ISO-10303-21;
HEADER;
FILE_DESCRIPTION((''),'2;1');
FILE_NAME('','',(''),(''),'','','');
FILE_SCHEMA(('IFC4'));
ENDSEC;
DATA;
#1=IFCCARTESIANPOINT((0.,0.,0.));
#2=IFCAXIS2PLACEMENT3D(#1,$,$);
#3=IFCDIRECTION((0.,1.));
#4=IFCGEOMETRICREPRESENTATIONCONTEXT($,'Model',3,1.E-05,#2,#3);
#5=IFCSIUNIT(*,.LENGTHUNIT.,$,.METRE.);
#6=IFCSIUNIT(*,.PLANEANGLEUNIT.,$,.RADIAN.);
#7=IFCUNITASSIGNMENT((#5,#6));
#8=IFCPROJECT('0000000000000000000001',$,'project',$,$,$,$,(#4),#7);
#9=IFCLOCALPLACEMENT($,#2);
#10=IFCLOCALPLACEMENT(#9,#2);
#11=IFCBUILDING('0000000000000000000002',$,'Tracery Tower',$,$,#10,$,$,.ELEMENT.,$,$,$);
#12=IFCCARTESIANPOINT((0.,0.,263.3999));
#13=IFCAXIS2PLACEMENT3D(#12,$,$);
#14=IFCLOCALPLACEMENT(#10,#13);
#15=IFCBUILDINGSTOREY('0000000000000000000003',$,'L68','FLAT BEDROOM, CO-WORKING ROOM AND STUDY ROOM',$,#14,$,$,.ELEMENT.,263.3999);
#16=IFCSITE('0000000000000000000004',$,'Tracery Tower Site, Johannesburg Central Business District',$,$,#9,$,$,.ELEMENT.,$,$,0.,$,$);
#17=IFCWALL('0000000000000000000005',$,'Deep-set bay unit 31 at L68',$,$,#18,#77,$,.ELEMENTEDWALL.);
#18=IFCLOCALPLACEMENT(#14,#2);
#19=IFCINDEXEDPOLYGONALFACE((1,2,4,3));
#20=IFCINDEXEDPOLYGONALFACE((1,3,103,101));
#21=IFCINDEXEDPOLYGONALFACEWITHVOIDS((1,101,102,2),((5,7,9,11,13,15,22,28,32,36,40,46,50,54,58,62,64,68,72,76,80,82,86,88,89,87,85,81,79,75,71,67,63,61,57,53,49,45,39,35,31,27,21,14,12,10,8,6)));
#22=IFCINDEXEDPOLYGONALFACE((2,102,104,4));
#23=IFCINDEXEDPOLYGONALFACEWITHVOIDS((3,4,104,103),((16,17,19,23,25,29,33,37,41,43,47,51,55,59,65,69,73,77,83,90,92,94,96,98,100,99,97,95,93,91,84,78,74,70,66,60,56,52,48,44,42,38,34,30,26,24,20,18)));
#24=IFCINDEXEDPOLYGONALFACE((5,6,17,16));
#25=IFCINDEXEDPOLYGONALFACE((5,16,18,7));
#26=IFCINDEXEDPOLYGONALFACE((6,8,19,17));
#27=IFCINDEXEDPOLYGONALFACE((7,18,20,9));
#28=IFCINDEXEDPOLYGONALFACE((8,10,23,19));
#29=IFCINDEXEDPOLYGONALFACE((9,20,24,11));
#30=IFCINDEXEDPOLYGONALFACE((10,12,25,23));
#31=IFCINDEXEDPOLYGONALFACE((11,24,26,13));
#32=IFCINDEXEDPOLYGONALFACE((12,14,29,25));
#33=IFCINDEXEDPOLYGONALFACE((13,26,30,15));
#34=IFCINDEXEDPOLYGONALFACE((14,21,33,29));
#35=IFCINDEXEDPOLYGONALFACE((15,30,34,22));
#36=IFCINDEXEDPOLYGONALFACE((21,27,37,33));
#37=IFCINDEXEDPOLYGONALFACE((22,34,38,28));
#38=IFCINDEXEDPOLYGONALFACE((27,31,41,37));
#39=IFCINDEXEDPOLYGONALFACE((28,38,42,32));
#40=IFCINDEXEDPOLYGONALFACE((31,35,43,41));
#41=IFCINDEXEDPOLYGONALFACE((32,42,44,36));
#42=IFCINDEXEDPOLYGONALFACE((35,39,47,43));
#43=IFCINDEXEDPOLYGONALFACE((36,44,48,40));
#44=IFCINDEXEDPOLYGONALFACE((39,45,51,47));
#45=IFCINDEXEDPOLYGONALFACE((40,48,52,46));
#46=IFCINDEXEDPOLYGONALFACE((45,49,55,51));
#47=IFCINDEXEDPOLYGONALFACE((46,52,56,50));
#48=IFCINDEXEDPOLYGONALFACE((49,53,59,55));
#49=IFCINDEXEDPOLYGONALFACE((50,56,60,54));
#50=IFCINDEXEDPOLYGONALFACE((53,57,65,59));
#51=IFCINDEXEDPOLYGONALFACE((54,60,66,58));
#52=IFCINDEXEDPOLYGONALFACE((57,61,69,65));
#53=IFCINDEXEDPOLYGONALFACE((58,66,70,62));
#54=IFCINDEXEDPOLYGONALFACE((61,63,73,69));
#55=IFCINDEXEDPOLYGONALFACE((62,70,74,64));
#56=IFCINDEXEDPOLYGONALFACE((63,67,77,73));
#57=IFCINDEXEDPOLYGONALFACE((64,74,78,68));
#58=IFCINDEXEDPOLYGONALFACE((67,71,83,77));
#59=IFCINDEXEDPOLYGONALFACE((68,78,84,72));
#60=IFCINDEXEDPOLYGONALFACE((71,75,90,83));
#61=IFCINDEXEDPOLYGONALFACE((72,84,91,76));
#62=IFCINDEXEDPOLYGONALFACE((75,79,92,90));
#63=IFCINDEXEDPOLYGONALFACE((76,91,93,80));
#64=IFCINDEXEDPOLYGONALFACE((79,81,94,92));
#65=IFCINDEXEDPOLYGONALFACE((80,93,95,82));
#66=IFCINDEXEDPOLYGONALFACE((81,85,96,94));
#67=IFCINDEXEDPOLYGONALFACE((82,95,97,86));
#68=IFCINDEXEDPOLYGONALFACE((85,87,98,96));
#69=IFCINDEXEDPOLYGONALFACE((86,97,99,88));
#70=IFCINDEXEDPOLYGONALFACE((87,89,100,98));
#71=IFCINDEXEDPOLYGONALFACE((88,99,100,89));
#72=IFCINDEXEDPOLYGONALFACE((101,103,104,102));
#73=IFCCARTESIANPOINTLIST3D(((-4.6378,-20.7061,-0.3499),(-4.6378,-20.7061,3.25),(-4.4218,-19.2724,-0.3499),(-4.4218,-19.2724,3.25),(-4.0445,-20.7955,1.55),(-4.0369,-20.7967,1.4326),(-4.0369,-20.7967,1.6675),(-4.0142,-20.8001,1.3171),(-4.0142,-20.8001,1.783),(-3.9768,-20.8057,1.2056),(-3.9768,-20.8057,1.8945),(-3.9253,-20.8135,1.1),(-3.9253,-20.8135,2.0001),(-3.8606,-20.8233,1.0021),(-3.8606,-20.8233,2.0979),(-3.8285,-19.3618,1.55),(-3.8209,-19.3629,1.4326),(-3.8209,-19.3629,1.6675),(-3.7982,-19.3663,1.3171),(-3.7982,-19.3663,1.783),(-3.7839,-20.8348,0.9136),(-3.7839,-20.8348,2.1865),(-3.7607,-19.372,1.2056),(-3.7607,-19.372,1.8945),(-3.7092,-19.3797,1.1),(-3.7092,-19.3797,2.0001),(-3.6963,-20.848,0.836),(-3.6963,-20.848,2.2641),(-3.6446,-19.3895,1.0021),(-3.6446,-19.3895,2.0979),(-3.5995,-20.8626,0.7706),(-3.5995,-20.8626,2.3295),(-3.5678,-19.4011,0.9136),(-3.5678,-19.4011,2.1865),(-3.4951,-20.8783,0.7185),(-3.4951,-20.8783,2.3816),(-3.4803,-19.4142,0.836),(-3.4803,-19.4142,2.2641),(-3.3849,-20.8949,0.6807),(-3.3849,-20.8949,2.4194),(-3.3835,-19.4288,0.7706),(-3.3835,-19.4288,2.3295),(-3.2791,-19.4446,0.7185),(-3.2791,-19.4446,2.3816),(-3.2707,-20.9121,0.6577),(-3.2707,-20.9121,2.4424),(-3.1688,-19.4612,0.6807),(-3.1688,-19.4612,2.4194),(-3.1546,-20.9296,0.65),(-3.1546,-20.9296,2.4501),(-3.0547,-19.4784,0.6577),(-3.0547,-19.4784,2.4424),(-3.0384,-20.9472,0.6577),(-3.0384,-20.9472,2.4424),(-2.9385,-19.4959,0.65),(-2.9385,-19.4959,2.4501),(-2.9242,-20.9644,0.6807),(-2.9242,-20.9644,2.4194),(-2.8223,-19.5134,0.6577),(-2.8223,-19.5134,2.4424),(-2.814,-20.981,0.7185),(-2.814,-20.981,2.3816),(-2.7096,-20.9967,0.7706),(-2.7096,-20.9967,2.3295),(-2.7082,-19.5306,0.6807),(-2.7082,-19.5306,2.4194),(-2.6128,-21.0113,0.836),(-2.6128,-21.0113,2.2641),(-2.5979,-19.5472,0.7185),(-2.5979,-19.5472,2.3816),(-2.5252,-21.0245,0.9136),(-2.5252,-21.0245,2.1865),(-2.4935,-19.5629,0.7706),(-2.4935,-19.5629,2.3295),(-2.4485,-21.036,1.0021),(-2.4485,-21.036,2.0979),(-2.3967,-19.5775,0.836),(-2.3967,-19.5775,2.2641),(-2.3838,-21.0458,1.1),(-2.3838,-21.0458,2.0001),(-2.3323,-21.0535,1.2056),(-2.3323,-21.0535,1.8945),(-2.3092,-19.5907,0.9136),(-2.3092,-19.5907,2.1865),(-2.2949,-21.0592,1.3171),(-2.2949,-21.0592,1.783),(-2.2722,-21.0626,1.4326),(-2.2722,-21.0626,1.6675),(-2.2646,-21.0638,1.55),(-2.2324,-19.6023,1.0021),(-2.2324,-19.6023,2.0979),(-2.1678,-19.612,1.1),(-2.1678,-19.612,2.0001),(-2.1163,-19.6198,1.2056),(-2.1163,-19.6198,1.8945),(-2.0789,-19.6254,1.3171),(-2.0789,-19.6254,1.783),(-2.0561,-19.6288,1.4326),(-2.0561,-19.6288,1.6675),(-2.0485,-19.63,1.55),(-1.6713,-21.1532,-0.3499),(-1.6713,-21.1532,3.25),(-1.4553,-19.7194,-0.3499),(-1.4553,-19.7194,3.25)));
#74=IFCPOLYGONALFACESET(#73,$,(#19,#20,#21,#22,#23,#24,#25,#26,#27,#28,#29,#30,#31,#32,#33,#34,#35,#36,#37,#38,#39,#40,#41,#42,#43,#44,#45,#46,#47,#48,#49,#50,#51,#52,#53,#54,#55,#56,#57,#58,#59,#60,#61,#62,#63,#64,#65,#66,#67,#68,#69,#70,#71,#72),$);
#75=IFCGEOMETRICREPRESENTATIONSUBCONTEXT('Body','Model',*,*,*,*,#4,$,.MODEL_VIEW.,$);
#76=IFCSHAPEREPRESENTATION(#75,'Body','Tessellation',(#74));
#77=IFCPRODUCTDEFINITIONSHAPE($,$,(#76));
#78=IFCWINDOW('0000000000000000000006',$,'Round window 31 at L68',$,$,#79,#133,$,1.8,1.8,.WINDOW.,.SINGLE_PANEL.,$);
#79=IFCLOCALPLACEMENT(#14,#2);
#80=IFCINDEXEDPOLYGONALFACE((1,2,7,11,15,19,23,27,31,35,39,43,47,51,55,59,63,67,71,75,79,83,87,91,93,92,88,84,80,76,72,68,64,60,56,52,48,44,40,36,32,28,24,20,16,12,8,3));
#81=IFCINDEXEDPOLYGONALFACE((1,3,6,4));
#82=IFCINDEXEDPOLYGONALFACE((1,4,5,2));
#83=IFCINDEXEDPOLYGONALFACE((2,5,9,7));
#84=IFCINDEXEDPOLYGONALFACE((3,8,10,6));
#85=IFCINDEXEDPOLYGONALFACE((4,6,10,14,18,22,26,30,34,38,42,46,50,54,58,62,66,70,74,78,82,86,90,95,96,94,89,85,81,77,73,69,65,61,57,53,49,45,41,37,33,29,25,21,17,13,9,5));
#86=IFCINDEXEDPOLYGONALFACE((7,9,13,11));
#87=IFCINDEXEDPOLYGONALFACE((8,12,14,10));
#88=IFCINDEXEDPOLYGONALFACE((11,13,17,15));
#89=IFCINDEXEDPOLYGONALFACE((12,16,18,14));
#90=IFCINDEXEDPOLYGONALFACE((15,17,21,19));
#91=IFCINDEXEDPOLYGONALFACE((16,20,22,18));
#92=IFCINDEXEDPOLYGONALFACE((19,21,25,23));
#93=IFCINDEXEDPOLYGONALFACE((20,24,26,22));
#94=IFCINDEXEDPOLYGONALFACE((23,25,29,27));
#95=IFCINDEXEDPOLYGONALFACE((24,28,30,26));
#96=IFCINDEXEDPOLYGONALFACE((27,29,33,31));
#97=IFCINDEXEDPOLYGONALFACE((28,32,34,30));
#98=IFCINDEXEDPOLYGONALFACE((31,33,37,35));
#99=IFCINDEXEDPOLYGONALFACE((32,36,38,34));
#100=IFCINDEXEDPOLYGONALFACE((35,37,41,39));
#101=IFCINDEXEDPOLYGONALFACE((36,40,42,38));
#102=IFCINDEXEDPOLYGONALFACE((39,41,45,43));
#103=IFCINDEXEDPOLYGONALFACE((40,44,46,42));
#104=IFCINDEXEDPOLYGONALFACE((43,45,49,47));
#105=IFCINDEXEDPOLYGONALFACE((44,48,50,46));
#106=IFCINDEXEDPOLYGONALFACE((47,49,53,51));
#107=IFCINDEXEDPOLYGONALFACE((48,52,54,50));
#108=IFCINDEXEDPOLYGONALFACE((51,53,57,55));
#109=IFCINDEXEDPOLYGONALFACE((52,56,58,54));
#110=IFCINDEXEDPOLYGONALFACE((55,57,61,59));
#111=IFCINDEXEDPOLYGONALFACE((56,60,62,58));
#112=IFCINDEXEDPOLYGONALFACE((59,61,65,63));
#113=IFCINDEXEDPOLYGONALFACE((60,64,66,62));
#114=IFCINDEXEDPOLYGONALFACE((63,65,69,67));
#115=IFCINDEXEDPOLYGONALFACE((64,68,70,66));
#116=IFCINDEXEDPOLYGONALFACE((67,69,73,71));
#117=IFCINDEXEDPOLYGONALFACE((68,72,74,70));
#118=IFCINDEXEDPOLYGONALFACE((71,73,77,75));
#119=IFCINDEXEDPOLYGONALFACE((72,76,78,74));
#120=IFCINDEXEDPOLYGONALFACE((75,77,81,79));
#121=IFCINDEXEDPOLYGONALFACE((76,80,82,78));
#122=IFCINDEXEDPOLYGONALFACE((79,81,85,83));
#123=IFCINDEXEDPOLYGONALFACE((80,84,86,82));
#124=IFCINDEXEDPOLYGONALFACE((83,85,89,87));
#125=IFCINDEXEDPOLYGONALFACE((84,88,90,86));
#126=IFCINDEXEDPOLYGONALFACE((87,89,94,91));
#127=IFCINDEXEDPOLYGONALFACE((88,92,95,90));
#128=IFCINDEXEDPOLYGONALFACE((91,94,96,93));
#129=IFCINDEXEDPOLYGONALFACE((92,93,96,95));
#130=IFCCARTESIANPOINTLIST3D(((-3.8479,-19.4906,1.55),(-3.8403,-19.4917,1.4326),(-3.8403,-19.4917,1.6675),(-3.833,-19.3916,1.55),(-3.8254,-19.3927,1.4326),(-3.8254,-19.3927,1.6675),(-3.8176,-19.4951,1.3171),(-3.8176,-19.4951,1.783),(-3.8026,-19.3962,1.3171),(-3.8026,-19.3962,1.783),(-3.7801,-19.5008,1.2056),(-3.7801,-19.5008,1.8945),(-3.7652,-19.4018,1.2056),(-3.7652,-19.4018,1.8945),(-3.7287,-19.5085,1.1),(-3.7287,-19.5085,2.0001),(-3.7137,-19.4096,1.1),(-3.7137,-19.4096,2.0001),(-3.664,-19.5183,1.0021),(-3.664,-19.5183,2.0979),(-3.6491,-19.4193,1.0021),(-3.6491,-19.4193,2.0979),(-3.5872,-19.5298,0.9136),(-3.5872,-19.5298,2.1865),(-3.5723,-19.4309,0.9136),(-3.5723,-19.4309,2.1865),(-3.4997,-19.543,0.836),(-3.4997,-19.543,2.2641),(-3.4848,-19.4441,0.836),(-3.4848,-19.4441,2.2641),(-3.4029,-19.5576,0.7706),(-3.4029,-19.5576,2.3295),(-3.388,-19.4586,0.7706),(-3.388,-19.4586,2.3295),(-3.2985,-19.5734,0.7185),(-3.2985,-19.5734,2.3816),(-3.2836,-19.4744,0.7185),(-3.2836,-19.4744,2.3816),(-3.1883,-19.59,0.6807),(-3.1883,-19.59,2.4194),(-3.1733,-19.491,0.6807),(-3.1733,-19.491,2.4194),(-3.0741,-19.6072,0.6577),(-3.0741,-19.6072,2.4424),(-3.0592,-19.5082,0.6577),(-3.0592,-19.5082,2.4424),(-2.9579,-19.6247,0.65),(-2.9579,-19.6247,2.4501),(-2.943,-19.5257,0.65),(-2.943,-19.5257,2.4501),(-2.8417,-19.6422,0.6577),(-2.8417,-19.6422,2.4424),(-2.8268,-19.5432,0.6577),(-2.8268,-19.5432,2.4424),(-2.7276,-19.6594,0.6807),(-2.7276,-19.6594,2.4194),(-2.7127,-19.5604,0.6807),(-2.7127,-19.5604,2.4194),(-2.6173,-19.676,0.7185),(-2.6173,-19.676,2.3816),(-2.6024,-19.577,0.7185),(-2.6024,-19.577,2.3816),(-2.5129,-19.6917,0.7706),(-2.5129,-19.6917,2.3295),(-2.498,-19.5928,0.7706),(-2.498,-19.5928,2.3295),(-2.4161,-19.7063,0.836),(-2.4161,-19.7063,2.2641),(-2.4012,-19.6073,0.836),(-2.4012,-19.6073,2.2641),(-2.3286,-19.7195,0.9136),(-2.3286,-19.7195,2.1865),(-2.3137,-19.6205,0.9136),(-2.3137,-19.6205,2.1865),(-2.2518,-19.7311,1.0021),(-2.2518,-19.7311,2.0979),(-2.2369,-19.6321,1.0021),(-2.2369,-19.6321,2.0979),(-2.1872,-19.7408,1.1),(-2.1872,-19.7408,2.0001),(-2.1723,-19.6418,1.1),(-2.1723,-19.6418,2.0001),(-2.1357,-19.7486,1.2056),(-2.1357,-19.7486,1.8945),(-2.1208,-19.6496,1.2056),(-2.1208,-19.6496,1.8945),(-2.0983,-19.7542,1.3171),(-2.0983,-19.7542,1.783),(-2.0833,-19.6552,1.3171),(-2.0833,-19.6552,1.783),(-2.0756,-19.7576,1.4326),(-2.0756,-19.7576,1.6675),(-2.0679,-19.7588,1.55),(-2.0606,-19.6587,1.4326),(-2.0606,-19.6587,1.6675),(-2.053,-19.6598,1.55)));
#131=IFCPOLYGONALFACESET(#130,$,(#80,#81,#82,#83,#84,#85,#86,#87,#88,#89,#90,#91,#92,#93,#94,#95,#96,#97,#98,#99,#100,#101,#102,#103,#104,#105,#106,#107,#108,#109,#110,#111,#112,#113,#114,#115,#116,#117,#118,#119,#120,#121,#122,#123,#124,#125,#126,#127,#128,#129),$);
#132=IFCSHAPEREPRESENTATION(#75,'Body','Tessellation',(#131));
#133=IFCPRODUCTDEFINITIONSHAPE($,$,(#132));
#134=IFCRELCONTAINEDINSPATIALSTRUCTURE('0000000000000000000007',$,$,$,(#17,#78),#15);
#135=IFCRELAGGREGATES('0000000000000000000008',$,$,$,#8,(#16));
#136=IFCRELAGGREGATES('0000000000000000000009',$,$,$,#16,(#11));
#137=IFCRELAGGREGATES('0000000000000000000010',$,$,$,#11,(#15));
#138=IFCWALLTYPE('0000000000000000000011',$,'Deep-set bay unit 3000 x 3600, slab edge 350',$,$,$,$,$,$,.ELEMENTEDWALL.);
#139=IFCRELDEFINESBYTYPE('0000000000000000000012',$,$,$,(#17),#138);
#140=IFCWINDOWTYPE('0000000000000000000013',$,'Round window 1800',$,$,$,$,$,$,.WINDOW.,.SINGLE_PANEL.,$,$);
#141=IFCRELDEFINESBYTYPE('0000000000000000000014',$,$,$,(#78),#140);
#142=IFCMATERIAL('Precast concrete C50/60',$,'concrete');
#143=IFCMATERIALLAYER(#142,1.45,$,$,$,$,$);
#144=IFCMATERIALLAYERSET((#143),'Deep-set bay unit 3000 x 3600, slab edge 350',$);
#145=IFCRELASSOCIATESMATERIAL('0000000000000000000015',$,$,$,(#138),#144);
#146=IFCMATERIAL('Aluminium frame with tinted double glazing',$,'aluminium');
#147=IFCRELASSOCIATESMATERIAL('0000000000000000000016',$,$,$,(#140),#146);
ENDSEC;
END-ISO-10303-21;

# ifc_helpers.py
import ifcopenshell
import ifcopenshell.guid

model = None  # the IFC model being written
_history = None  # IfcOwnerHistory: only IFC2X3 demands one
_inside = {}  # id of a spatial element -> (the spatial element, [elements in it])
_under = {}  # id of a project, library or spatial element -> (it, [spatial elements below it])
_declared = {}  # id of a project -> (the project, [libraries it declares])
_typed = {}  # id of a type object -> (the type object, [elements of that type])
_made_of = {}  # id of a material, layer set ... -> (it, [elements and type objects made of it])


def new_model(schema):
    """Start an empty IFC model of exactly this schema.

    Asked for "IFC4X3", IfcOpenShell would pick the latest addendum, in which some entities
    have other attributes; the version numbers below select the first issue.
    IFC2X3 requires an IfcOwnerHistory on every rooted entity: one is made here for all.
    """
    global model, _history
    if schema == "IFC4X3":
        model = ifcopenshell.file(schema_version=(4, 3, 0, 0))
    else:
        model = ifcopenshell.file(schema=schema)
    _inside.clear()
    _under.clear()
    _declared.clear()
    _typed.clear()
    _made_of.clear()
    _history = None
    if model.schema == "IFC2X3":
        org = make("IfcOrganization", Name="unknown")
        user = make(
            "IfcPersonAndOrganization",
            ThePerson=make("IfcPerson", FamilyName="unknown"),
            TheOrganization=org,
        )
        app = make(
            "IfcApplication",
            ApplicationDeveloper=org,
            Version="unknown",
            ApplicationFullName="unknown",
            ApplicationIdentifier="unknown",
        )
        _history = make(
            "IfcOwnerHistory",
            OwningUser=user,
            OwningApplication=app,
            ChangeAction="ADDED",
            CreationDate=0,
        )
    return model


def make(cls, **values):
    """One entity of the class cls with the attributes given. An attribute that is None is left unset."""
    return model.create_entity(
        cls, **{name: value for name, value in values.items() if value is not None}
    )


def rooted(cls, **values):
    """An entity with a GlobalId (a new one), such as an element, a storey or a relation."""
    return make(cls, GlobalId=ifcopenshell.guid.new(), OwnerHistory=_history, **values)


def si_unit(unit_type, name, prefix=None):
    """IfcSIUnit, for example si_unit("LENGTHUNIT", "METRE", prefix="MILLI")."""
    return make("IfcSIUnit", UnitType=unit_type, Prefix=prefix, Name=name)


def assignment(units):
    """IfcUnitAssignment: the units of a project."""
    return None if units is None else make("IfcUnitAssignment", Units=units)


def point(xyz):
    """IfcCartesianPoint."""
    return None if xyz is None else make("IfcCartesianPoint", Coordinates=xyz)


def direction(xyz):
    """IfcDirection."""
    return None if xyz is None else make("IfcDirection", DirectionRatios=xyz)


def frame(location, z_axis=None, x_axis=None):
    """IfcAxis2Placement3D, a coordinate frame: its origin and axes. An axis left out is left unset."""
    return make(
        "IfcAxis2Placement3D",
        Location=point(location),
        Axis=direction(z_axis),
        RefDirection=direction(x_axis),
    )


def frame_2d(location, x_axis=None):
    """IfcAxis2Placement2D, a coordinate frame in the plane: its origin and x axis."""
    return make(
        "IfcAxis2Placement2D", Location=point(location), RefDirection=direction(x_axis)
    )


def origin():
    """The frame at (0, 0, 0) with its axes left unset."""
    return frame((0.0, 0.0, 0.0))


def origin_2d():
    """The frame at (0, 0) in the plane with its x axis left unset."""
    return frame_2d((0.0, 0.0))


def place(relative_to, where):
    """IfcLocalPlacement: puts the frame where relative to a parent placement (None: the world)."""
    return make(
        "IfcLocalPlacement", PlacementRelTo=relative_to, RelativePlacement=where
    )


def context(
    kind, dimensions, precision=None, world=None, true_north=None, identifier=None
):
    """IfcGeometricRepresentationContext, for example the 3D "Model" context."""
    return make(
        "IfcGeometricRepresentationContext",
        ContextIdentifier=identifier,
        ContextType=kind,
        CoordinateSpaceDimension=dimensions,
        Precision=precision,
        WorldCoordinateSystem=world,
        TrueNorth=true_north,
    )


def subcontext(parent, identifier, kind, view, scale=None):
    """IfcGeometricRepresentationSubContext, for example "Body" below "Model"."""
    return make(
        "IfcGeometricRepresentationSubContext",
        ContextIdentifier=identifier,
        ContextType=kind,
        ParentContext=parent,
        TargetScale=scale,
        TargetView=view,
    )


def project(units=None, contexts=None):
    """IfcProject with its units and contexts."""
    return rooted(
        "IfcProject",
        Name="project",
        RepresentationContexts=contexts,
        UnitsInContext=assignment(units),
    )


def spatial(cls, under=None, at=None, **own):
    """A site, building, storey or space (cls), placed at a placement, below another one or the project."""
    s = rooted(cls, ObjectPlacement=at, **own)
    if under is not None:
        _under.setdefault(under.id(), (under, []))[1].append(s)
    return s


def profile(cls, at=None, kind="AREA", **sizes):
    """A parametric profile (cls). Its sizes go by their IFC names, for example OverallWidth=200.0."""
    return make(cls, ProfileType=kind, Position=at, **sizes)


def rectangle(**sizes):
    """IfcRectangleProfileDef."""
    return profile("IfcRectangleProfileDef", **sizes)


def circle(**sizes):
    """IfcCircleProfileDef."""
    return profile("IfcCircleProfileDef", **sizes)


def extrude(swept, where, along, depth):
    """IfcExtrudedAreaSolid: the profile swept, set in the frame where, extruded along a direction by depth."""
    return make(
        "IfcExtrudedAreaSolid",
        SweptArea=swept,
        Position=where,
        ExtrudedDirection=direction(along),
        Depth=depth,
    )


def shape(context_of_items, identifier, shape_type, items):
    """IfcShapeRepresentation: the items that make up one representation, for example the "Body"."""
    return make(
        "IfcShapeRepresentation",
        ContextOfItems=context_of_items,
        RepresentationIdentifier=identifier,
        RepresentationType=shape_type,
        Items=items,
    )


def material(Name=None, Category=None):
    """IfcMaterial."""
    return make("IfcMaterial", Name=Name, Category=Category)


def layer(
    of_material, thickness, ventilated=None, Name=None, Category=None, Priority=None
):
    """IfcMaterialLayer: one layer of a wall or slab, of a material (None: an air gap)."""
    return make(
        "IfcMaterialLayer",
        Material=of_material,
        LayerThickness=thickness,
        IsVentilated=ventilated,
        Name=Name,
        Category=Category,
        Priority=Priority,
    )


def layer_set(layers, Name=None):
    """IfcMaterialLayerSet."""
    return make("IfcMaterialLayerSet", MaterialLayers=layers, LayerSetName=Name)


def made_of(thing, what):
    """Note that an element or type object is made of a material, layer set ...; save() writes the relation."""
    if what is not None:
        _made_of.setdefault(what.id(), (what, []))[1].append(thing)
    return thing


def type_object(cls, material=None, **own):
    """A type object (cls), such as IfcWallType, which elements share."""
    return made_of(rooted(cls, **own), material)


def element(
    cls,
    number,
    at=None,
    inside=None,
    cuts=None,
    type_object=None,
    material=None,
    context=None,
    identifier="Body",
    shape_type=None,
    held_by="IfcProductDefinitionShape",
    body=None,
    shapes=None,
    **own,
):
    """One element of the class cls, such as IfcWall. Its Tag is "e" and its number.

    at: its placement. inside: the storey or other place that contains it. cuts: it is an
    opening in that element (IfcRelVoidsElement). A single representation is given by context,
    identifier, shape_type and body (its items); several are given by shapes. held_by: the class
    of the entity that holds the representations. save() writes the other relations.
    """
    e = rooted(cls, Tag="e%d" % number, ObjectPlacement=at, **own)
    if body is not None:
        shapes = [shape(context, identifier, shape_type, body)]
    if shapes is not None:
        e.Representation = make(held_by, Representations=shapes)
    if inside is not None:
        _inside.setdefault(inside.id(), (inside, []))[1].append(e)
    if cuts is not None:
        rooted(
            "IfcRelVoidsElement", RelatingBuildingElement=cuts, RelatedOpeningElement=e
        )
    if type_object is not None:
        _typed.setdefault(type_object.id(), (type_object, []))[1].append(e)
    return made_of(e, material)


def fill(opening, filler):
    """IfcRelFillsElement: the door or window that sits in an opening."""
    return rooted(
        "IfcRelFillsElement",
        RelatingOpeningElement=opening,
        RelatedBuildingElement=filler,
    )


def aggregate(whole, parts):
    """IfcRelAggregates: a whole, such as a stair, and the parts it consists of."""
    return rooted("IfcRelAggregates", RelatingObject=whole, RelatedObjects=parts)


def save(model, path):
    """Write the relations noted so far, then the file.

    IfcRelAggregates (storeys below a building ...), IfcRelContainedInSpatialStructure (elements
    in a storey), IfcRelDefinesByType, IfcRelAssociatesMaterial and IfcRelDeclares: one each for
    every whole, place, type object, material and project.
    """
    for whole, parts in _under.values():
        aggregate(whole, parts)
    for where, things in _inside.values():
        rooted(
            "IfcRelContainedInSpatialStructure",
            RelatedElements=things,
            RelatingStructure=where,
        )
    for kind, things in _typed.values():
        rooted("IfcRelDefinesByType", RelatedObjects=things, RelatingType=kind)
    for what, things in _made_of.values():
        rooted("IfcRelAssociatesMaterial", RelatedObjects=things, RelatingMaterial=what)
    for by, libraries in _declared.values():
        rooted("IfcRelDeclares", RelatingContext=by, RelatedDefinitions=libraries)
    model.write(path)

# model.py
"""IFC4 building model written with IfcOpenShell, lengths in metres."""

from ifc_helpers import new_model, si_unit, direction, frame, frame_2d, origin, origin_2d, place, context, subcontext, project, spatial, rectangle, circle, extrude, material, layer, layer_set, type_object, element, fill, save


model = new_model("IFC4")

# Units and contexts
model_context = context("Model", 3, precision=1e-05, world=origin(), true_north=direction((0.0, 1.0)))
body_context = subcontext(model_context, "Body", "Model", "MODEL_VIEW")
ifc_project = project(units=[si_unit("LENGTHUNIT", "METRE"), si_unit("PLANEANGLEUNIT", "RADIAN")], contexts=[model_context])

# Site, building, storey
site_placement = place(None, origin())
site = spatial("IfcSite", under=ifc_project, at=site_placement, Name="Tracery Tower Site, Johannesburg Central Business District", CompositionType="ELEMENT", RefElevation=0.0)
building_placement = place(site_placement, origin())
building = spatial("IfcBuilding", under=site, at=building_placement, Name="Tracery Tower", CompositionType="ELEMENT")
storey_placement = place(building_placement, frame((0.0, 0.0, 263.3999)))
storey = spatial("IfcBuildingStorey", under=building, at=storey_placement, Name="L68", Description="FLAT BEDROOM, CO-WORKING ROOM AND STUDY ROOM", CompositionType="ELEMENT", Elevation=263.3999)

# Wall, opening, window
ifc_material_1 = material(Name="Precast concrete C50/60", Category="concrete")
ifc_layer_1 = layer(ifc_material_1, 1.45)
ifc_layer_set_1 = layer_set([ifc_layer_1], Name="Deep-set bay unit 3000 x 3600, slab edge 350")
wall_type_1 = type_object("IfcWallType", Name="Deep-set bay unit 3000 x 3600, slab edge 350", PredefinedType="ELEMENTEDWALL", material=ifc_layer_set_1)
wall_1_placement = place(storey_placement, frame((-4.5298, -19.9893, -0.3499), z_axis=(0.0, 0.0, 1.0), x_axis=(0.988836, -0.149005, 0.0)))
wall_1 = element("IfcWall", 1, at=wall_1_placement, inside=storey, type_object=wall_type_1, Name="Deep-set bay unit 31 at L68", PredefinedType="ELEMENTEDWALL", context=body_context, shape_type="SweptSolid", body=[
    extrude(rectangle(XDim=3.0, YDim=1.45, at=frame_2d((1.5, 0.0))), origin(), (0.0, 0.0, 1.0), 3.5999),
])
opening_1_placement = place(wall_1_placement, frame((1.5, 0.0, 1.8999)))
opening_1 = element("IfcOpeningElement", 2, at=opening_1_placement, cuts=wall_1, PredefinedType="OPENING", context=body_context, shape_type="SweptSolid", body=[
    extrude(circle(Radius=0.9, at=origin_2d()), frame((0.0, 0.7349, 0.0), z_axis=(0.0, -1.0, 0.0), x_axis=(1.0, 0.0, 0.0)), (0.0, 0.0, 1.0), 1.47),
])
ifc_material_2 = material(Name="Aluminium frame with tinted double glazing", Category="aluminium")
window_type = type_object("IfcWindowType", Name="Round window 1800", PartitioningType="SINGLE_PANEL", PredefinedType="WINDOW", material=ifc_material_2)
window_1_placement = place(opening_1_placement, origin())
window_1 = element("IfcWindow", 3, at=window_1_placement, inside=storey, type_object=window_type, Name="Round window 31 at L68", OverallHeight=1.8, OverallWidth=1.8, PartitioningType="SINGLE_PANEL", PredefinedType="WINDOW", context=body_context, shape_type="SweptSolid", body=[
    extrude(circle(Radius=0.9, at=origin_2d()), frame((0.0, 0.6948, 0.0), z_axis=(0.0, -1.0, 0.0), x_axis=(1.0, 0.0, 0.0)), (0.0, 0.0, 1.0), 0.1001),
])
fill(opening_1, window_1)

save(model, "model.ifc")
